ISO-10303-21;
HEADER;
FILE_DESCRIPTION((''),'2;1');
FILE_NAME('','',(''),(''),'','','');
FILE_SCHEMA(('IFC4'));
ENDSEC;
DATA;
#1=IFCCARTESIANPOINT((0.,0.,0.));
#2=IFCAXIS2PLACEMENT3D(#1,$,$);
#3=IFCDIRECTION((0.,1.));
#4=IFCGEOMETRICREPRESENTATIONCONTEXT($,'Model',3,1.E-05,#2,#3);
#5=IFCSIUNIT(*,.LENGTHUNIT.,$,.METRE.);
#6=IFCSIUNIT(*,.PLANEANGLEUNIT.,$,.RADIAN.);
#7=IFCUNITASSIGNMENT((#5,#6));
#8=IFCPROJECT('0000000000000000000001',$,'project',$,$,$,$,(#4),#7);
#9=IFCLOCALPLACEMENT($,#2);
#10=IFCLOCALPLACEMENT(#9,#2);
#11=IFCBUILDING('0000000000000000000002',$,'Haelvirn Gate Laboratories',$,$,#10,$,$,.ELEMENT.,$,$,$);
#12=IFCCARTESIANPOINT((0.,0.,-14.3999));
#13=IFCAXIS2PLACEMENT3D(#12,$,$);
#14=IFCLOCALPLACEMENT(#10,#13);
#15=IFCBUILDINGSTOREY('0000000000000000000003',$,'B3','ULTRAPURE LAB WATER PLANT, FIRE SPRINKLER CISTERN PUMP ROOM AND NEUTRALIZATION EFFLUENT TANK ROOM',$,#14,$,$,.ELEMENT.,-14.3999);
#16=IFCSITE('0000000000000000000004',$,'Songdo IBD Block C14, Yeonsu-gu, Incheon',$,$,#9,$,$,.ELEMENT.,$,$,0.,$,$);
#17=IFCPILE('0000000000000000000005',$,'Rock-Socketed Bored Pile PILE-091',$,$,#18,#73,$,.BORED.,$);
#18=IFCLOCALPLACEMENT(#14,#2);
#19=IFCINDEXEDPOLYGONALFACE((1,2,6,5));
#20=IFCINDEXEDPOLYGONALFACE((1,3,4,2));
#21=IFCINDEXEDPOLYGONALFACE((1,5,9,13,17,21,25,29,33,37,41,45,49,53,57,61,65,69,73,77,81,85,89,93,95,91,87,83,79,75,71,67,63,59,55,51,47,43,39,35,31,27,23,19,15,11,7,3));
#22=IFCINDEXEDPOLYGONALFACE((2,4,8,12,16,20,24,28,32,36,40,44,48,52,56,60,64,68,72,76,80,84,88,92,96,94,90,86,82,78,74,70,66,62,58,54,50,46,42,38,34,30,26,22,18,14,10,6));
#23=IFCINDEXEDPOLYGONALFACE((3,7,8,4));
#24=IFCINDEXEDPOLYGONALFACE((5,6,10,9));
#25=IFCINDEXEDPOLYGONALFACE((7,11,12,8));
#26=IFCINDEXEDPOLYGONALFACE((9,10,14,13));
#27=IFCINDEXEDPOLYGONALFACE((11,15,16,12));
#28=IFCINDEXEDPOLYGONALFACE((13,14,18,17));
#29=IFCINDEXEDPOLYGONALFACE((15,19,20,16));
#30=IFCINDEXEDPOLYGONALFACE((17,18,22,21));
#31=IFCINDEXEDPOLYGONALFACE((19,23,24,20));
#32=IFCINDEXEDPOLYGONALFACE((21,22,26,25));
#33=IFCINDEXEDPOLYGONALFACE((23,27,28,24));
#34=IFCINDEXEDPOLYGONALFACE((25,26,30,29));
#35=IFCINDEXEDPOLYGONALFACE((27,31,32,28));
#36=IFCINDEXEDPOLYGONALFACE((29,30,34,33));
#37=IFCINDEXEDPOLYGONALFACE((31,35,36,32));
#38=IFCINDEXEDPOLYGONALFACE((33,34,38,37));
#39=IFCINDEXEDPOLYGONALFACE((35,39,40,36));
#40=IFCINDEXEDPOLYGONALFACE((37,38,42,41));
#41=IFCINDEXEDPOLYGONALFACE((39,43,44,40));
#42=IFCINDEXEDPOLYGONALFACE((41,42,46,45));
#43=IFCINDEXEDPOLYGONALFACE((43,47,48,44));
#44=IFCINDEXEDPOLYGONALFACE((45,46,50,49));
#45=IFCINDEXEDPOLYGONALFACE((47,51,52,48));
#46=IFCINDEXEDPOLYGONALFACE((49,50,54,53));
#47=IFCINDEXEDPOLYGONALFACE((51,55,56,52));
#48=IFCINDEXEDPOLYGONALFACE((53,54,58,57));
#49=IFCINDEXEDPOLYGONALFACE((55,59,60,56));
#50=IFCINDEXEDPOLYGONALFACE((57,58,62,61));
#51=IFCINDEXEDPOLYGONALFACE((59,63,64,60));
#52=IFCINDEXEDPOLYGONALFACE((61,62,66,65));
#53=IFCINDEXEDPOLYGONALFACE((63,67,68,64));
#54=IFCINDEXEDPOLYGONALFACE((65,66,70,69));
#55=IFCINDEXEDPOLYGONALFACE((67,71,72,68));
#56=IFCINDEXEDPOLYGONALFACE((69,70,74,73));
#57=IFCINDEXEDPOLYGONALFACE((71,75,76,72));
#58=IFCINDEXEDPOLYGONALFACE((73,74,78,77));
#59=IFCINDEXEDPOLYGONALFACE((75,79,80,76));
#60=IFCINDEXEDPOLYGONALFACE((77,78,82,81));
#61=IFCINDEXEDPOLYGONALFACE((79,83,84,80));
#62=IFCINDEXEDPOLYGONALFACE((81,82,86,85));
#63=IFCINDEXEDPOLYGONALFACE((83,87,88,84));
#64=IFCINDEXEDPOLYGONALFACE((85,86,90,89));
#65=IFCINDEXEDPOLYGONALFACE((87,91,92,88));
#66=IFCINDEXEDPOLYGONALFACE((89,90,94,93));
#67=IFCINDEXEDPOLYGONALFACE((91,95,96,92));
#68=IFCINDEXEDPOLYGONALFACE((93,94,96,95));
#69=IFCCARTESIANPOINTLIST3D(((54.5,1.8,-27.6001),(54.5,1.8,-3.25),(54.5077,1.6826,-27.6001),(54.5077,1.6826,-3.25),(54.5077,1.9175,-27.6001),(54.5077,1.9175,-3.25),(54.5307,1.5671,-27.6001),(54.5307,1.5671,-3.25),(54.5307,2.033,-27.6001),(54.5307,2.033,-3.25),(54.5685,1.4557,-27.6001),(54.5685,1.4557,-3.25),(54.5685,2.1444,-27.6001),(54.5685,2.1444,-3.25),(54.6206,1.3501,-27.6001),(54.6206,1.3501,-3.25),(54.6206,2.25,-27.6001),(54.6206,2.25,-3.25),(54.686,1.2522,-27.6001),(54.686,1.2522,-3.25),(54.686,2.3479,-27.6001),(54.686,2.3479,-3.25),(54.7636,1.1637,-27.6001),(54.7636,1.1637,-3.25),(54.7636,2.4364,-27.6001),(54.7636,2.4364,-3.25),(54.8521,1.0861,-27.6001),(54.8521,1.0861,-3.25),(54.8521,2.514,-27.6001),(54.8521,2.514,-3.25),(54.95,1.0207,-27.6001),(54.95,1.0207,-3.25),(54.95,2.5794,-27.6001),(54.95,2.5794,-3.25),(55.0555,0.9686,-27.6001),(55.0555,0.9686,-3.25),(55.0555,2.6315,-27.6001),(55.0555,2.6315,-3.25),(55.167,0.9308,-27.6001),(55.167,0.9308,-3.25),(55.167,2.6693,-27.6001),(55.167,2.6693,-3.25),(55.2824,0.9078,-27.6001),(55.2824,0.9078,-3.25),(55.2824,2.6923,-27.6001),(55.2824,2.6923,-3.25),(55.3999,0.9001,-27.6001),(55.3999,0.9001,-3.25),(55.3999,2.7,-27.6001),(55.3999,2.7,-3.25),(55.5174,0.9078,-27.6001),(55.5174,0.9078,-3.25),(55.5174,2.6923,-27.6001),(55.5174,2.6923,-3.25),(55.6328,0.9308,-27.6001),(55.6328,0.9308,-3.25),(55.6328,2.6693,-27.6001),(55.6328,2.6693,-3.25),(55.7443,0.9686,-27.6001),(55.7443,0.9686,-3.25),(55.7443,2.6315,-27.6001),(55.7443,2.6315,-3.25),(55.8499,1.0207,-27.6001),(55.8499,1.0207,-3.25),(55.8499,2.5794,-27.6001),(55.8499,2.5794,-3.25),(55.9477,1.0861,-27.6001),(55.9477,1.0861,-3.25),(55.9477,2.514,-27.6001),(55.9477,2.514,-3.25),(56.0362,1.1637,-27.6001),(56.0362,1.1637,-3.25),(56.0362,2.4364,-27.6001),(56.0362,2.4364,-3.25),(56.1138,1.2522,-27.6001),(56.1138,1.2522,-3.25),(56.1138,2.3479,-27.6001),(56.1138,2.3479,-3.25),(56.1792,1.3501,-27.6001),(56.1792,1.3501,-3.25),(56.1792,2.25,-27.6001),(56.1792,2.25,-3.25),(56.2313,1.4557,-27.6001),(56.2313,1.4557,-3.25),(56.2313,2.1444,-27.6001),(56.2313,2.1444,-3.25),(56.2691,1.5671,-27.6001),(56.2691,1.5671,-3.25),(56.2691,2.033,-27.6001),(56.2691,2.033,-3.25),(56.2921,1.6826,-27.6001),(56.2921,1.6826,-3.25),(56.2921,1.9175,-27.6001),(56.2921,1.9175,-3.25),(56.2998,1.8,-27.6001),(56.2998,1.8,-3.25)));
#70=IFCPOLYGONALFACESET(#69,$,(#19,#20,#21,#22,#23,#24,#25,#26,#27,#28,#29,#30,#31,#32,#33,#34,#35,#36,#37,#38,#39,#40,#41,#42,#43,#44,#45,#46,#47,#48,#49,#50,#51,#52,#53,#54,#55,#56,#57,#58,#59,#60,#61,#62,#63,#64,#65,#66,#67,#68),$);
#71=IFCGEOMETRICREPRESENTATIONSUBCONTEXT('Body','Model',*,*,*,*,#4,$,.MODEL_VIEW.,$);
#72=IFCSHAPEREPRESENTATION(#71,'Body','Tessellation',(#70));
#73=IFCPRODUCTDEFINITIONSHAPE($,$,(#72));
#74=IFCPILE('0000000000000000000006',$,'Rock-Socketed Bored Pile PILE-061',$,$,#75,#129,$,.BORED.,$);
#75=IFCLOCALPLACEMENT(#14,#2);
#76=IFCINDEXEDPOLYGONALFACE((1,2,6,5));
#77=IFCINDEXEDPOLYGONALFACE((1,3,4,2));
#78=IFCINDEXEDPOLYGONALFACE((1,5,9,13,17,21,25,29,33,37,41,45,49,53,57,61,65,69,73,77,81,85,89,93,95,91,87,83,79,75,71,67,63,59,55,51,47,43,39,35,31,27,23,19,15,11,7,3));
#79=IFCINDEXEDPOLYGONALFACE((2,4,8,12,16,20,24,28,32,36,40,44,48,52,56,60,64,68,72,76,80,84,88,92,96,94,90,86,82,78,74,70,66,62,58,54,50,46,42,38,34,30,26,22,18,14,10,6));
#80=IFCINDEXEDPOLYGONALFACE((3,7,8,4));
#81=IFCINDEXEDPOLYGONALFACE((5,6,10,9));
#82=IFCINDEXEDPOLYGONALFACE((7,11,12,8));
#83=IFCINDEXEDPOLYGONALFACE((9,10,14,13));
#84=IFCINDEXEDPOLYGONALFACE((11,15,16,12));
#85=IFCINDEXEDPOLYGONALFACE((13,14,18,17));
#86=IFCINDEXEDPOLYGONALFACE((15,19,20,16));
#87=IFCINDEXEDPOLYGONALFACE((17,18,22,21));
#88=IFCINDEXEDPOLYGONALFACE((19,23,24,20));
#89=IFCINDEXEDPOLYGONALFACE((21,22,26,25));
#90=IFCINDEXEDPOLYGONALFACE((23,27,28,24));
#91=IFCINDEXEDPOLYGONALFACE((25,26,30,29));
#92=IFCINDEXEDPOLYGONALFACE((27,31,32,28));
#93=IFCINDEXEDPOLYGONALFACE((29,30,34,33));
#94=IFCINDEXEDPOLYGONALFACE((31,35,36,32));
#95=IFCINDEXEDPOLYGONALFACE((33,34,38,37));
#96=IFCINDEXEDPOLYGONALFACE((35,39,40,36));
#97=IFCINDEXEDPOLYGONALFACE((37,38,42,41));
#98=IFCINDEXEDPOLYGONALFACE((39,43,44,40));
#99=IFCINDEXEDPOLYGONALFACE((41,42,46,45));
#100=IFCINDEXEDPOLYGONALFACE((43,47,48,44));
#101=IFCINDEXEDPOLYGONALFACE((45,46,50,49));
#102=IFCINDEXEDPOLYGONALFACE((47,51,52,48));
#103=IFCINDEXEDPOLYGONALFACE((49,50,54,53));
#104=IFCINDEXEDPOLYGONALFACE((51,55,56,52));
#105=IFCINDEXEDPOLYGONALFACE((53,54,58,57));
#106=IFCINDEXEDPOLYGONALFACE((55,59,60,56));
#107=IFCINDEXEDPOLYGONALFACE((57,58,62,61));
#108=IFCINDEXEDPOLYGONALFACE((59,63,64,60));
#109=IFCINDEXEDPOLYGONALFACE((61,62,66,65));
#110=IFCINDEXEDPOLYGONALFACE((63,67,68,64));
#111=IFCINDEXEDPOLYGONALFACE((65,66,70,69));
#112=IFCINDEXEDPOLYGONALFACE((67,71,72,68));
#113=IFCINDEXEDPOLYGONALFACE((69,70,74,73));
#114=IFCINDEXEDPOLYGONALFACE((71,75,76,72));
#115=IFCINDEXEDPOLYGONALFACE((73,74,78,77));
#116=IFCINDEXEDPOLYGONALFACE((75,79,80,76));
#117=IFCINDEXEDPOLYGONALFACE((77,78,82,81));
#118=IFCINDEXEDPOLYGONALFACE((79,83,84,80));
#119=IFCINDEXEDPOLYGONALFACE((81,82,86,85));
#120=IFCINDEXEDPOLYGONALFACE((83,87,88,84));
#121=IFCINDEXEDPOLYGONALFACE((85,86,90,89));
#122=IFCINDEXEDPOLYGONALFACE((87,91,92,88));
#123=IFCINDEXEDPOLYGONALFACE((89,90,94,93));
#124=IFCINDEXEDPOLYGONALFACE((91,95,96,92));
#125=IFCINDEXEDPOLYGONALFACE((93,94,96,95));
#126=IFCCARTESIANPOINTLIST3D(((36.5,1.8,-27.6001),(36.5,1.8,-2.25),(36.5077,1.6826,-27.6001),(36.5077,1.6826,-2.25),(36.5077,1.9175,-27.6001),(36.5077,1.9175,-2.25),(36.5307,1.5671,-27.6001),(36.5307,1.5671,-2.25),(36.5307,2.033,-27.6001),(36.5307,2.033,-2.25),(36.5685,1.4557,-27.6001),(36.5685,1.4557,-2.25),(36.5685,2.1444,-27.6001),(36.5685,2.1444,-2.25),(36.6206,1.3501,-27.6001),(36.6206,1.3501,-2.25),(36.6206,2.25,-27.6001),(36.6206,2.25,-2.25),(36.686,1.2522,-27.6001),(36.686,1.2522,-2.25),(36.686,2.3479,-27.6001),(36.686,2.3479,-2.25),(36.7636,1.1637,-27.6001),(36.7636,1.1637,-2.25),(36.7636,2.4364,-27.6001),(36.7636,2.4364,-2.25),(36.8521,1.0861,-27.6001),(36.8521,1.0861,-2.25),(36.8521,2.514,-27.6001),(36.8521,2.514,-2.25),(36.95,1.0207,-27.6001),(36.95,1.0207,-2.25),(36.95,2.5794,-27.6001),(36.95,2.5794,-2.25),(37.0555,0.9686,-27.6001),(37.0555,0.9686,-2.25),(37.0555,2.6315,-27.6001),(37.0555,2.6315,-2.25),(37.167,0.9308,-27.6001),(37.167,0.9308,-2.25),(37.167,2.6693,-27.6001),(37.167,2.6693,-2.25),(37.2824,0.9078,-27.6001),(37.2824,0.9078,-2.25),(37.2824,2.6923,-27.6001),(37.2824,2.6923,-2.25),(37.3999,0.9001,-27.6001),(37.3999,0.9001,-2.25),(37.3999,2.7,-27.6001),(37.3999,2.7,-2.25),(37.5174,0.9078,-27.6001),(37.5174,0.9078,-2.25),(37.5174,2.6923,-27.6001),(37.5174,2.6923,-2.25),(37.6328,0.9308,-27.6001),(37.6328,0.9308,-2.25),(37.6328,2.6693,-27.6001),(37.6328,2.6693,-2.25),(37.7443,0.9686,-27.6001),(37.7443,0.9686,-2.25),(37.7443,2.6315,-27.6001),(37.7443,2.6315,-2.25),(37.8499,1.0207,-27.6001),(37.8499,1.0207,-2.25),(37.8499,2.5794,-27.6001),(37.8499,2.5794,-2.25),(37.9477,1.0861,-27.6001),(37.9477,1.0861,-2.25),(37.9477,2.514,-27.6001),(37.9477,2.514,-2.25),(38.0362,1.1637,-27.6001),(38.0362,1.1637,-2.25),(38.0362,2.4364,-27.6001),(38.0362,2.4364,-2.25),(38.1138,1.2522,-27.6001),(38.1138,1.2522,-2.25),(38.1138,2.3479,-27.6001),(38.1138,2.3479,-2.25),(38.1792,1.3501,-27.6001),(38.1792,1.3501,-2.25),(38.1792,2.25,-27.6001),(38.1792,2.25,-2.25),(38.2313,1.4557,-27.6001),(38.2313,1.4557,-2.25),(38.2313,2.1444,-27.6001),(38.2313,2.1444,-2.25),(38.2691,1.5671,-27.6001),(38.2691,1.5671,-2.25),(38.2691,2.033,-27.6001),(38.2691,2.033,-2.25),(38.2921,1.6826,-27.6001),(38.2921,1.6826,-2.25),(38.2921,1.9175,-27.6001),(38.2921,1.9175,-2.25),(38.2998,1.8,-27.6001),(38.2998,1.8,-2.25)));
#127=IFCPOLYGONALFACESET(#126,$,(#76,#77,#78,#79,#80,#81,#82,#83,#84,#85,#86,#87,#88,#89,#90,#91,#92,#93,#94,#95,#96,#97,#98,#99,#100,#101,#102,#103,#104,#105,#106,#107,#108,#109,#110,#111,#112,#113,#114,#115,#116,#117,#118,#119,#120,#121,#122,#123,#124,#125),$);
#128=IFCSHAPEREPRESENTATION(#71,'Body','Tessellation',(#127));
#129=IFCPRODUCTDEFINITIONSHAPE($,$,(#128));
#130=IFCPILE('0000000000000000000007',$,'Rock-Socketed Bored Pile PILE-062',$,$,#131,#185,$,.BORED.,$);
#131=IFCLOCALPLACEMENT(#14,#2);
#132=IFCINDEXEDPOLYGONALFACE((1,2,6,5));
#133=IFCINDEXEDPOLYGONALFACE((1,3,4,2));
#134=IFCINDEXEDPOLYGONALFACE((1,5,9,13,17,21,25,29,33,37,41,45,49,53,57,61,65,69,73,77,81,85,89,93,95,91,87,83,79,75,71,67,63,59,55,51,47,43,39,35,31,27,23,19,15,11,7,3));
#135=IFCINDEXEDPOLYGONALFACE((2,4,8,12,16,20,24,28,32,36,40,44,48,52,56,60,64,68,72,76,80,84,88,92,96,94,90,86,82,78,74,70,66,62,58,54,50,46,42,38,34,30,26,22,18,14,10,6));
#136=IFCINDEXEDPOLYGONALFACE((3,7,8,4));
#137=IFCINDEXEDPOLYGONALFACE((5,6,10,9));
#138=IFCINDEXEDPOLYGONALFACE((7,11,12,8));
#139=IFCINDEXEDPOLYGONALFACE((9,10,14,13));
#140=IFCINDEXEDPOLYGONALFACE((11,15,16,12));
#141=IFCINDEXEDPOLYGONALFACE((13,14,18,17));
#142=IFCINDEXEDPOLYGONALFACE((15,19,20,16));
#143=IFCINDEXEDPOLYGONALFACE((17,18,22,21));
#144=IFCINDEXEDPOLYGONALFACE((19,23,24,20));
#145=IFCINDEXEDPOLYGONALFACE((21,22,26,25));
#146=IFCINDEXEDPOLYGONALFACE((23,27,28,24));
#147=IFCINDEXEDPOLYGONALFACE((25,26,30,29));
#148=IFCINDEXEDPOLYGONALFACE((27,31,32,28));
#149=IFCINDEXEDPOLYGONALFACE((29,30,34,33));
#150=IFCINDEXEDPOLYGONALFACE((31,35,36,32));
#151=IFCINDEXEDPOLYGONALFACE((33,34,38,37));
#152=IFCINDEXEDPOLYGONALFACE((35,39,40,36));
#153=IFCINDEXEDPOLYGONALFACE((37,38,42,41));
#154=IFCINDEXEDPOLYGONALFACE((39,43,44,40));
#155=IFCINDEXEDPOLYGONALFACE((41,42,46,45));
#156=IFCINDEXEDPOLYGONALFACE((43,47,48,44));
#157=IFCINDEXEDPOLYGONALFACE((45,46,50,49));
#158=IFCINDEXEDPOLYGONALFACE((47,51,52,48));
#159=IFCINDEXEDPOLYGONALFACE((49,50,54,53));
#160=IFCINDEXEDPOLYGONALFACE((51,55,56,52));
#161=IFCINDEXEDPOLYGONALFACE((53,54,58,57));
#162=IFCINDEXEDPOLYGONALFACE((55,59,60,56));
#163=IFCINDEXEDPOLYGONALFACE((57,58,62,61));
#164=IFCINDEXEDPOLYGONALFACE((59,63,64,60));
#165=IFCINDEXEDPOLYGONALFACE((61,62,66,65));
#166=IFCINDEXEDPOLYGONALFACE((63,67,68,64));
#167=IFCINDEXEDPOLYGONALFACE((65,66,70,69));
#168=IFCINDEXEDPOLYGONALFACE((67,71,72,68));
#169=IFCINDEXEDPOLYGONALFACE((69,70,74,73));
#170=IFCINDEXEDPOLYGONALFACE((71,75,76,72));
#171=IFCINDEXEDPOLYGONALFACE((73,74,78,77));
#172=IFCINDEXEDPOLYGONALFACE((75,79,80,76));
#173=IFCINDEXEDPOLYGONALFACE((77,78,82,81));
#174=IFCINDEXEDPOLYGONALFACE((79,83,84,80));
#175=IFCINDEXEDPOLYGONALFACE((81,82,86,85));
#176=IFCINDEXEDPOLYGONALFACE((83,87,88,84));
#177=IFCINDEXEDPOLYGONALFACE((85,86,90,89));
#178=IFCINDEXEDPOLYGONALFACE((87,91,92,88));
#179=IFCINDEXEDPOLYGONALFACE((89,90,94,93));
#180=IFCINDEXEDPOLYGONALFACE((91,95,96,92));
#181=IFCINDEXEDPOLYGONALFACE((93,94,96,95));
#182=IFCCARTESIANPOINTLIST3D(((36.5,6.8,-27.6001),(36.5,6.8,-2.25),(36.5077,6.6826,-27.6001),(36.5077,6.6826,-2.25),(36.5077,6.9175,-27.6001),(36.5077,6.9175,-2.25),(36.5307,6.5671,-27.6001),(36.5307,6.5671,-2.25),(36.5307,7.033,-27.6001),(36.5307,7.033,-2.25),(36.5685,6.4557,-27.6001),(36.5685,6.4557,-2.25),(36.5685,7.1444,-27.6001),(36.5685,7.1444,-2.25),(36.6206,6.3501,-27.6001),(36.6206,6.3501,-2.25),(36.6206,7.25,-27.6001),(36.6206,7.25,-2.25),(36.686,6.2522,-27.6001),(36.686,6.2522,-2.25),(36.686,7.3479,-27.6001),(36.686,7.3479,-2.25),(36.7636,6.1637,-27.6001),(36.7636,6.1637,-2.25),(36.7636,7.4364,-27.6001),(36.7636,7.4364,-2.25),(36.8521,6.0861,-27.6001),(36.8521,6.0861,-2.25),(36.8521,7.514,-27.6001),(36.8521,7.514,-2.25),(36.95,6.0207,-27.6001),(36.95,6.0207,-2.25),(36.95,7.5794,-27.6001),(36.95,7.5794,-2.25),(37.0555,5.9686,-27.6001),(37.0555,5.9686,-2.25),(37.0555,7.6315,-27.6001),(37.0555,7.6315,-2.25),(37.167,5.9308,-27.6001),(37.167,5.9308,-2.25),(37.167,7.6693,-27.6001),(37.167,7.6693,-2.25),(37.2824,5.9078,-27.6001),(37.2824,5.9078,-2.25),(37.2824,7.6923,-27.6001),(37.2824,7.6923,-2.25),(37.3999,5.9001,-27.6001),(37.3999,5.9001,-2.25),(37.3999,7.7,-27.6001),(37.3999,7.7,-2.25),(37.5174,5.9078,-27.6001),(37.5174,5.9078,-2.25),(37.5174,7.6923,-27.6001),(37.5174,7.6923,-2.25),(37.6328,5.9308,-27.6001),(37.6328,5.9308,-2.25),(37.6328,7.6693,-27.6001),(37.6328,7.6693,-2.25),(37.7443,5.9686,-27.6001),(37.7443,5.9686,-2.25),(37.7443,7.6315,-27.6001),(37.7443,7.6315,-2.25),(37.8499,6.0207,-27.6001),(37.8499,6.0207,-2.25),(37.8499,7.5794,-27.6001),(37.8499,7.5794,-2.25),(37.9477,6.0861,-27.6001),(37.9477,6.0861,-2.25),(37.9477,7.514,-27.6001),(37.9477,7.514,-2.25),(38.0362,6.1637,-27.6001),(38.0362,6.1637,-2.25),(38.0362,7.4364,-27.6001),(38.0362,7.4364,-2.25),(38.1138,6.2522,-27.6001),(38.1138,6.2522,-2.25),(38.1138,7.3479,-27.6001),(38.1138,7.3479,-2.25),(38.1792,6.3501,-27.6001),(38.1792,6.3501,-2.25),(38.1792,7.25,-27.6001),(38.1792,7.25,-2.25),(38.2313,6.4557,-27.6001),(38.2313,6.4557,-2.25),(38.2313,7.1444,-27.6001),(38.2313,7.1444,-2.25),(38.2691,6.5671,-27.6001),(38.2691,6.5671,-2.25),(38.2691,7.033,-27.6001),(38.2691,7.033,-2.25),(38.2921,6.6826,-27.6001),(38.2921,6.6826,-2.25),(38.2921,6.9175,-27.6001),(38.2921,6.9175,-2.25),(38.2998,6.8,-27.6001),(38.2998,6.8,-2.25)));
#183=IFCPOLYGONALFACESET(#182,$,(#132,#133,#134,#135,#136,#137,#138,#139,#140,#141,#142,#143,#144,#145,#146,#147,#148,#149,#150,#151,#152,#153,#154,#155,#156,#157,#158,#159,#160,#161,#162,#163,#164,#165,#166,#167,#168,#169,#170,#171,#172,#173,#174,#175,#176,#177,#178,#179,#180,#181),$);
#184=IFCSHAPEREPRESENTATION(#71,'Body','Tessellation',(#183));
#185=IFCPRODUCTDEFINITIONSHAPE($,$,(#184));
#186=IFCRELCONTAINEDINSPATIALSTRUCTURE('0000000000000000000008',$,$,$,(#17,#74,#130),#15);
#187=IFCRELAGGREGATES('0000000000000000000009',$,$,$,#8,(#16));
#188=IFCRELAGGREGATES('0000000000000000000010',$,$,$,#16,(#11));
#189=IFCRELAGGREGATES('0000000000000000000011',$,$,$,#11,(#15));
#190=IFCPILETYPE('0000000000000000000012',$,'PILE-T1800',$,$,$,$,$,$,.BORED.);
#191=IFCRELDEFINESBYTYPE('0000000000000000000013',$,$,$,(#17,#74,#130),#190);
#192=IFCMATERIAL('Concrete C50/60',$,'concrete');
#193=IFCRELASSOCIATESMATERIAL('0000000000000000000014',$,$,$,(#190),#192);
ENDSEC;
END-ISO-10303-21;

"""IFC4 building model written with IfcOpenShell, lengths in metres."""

from ifc_helpers import new_model, si_unit, direction, frame, origin, origin_2d, place, context, subcontext, project, spatial, circle, extrude, source, transform, mapped, material, material_profile, profile_set, type_object, type_shapes, element, save


model = new_model("IFC4")

# Units and contexts
model_context = context("Model", 3, precision=1e-05, world=origin(), true_north=direction((0.0, 1.0)))
body_context = subcontext(model_context, "Body", "Model", "MODEL_VIEW")
ifc_project = project(units=[si_unit("LENGTHUNIT", "METRE"), si_unit("PLANEANGLEUNIT", "RADIAN")], contexts=[model_context])

# Site, building, storey
site_placement = place(None, origin())
site = spatial("IfcSite", under=ifc_project, at=site_placement, Name="Songdo IBD Block C14, Yeonsu-gu, Incheon", CompositionType="ELEMENT", RefElevation=0.0)
building_placement = place(site_placement, origin())
building = spatial("IfcBuilding", under=site, at=building_placement, Name="Haelvirn Gate Laboratories", CompositionType="ELEMENT")
storey_placement = place(building_placement, frame((0.0, 0.0, -14.3999)))
storey = spatial("IfcBuildingStorey", under=building, at=storey_placement, Name="B3", Description="ULTRAPURE LAB WATER PLANT, FIRE SPRINKLER CISTERN PUMP ROOM AND NEUTRALIZATION EFFLUENT TANK ROOM", CompositionType="ELEMENT", Elevation=-14.3999)

# Piles
ifc_material_1 = material(Name="Concrete C50/60", Category="concrete")
ifc_material_profile_1 = material_profile(ifc_material_1, circle(Radius=0.8999, at=origin_2d()), Name="PILE-D1800")
ifc_profile_set_1 = profile_set([ifc_material_profile_1], Name="Concrete C50/60")
pile_type = type_object("IfcPileType", Name="PILE-T1800", PredefinedType="BORED", material=ifc_profile_set_1)
shared_shape_1 = source(origin(), body_context, "Body", "SweptSolid", [
    extrude(circle(Radius=0.8999, at=origin_2d()), origin(), (0.0, 0.0, 1.0), 24.3501),
])
pile_placement = place(storey_placement, frame((55.3999, 1.8, -3.25), z_axis=(0.0, 0.0, -1.0), x_axis=(1.0, 0.0, 0.0)))
element("IfcPile", 1, at=pile_placement, inside=storey, type_object=pile_type, Name="Rock-Socketed Bored Pile PILE-091", PredefinedType="BORED", context=body_context, shape_type="MappedRepresentation", body=[
    mapped(shared_shape_1, transform((0.0, 0.0, 0.0), scale=1.0)),
])
shared_shape_2 = source(origin(), body_context, "Body", "SweptSolid", [
    extrude(circle(Radius=0.8999, at=origin_2d()), origin(), (0.0, 0.0, 1.0), 25.3501),
])
type_shapes(pile_type, [shared_shape_1, shared_shape_2])
for number, where, z_axis, x_axis, name in (
    (2, (37.3999, 1.8, -2.25), (0.0, 0.0, -1.0), (1.0, 0.0, 0.0), "Rock-Socketed Bored Pile PILE-061"),
    (3, (37.3999, 6.8, -2.25), (0.0, 0.0, -1.0), (1.0, 0.0, 0.0), "Rock-Socketed Bored Pile PILE-062"),
):
    element("IfcPile", number, at=place(storey_placement, frame(where, z_axis=z_axis, x_axis=x_axis)), inside=storey, type_object=pile_type, Name=name, PredefinedType="BORED", context=body_context, shape_type="MappedRepresentation", body=[
        mapped(shared_shape_2, transform((0.0, 0.0, 0.0), scale=1.0)),
    ])

save(model, "model.ifc")
